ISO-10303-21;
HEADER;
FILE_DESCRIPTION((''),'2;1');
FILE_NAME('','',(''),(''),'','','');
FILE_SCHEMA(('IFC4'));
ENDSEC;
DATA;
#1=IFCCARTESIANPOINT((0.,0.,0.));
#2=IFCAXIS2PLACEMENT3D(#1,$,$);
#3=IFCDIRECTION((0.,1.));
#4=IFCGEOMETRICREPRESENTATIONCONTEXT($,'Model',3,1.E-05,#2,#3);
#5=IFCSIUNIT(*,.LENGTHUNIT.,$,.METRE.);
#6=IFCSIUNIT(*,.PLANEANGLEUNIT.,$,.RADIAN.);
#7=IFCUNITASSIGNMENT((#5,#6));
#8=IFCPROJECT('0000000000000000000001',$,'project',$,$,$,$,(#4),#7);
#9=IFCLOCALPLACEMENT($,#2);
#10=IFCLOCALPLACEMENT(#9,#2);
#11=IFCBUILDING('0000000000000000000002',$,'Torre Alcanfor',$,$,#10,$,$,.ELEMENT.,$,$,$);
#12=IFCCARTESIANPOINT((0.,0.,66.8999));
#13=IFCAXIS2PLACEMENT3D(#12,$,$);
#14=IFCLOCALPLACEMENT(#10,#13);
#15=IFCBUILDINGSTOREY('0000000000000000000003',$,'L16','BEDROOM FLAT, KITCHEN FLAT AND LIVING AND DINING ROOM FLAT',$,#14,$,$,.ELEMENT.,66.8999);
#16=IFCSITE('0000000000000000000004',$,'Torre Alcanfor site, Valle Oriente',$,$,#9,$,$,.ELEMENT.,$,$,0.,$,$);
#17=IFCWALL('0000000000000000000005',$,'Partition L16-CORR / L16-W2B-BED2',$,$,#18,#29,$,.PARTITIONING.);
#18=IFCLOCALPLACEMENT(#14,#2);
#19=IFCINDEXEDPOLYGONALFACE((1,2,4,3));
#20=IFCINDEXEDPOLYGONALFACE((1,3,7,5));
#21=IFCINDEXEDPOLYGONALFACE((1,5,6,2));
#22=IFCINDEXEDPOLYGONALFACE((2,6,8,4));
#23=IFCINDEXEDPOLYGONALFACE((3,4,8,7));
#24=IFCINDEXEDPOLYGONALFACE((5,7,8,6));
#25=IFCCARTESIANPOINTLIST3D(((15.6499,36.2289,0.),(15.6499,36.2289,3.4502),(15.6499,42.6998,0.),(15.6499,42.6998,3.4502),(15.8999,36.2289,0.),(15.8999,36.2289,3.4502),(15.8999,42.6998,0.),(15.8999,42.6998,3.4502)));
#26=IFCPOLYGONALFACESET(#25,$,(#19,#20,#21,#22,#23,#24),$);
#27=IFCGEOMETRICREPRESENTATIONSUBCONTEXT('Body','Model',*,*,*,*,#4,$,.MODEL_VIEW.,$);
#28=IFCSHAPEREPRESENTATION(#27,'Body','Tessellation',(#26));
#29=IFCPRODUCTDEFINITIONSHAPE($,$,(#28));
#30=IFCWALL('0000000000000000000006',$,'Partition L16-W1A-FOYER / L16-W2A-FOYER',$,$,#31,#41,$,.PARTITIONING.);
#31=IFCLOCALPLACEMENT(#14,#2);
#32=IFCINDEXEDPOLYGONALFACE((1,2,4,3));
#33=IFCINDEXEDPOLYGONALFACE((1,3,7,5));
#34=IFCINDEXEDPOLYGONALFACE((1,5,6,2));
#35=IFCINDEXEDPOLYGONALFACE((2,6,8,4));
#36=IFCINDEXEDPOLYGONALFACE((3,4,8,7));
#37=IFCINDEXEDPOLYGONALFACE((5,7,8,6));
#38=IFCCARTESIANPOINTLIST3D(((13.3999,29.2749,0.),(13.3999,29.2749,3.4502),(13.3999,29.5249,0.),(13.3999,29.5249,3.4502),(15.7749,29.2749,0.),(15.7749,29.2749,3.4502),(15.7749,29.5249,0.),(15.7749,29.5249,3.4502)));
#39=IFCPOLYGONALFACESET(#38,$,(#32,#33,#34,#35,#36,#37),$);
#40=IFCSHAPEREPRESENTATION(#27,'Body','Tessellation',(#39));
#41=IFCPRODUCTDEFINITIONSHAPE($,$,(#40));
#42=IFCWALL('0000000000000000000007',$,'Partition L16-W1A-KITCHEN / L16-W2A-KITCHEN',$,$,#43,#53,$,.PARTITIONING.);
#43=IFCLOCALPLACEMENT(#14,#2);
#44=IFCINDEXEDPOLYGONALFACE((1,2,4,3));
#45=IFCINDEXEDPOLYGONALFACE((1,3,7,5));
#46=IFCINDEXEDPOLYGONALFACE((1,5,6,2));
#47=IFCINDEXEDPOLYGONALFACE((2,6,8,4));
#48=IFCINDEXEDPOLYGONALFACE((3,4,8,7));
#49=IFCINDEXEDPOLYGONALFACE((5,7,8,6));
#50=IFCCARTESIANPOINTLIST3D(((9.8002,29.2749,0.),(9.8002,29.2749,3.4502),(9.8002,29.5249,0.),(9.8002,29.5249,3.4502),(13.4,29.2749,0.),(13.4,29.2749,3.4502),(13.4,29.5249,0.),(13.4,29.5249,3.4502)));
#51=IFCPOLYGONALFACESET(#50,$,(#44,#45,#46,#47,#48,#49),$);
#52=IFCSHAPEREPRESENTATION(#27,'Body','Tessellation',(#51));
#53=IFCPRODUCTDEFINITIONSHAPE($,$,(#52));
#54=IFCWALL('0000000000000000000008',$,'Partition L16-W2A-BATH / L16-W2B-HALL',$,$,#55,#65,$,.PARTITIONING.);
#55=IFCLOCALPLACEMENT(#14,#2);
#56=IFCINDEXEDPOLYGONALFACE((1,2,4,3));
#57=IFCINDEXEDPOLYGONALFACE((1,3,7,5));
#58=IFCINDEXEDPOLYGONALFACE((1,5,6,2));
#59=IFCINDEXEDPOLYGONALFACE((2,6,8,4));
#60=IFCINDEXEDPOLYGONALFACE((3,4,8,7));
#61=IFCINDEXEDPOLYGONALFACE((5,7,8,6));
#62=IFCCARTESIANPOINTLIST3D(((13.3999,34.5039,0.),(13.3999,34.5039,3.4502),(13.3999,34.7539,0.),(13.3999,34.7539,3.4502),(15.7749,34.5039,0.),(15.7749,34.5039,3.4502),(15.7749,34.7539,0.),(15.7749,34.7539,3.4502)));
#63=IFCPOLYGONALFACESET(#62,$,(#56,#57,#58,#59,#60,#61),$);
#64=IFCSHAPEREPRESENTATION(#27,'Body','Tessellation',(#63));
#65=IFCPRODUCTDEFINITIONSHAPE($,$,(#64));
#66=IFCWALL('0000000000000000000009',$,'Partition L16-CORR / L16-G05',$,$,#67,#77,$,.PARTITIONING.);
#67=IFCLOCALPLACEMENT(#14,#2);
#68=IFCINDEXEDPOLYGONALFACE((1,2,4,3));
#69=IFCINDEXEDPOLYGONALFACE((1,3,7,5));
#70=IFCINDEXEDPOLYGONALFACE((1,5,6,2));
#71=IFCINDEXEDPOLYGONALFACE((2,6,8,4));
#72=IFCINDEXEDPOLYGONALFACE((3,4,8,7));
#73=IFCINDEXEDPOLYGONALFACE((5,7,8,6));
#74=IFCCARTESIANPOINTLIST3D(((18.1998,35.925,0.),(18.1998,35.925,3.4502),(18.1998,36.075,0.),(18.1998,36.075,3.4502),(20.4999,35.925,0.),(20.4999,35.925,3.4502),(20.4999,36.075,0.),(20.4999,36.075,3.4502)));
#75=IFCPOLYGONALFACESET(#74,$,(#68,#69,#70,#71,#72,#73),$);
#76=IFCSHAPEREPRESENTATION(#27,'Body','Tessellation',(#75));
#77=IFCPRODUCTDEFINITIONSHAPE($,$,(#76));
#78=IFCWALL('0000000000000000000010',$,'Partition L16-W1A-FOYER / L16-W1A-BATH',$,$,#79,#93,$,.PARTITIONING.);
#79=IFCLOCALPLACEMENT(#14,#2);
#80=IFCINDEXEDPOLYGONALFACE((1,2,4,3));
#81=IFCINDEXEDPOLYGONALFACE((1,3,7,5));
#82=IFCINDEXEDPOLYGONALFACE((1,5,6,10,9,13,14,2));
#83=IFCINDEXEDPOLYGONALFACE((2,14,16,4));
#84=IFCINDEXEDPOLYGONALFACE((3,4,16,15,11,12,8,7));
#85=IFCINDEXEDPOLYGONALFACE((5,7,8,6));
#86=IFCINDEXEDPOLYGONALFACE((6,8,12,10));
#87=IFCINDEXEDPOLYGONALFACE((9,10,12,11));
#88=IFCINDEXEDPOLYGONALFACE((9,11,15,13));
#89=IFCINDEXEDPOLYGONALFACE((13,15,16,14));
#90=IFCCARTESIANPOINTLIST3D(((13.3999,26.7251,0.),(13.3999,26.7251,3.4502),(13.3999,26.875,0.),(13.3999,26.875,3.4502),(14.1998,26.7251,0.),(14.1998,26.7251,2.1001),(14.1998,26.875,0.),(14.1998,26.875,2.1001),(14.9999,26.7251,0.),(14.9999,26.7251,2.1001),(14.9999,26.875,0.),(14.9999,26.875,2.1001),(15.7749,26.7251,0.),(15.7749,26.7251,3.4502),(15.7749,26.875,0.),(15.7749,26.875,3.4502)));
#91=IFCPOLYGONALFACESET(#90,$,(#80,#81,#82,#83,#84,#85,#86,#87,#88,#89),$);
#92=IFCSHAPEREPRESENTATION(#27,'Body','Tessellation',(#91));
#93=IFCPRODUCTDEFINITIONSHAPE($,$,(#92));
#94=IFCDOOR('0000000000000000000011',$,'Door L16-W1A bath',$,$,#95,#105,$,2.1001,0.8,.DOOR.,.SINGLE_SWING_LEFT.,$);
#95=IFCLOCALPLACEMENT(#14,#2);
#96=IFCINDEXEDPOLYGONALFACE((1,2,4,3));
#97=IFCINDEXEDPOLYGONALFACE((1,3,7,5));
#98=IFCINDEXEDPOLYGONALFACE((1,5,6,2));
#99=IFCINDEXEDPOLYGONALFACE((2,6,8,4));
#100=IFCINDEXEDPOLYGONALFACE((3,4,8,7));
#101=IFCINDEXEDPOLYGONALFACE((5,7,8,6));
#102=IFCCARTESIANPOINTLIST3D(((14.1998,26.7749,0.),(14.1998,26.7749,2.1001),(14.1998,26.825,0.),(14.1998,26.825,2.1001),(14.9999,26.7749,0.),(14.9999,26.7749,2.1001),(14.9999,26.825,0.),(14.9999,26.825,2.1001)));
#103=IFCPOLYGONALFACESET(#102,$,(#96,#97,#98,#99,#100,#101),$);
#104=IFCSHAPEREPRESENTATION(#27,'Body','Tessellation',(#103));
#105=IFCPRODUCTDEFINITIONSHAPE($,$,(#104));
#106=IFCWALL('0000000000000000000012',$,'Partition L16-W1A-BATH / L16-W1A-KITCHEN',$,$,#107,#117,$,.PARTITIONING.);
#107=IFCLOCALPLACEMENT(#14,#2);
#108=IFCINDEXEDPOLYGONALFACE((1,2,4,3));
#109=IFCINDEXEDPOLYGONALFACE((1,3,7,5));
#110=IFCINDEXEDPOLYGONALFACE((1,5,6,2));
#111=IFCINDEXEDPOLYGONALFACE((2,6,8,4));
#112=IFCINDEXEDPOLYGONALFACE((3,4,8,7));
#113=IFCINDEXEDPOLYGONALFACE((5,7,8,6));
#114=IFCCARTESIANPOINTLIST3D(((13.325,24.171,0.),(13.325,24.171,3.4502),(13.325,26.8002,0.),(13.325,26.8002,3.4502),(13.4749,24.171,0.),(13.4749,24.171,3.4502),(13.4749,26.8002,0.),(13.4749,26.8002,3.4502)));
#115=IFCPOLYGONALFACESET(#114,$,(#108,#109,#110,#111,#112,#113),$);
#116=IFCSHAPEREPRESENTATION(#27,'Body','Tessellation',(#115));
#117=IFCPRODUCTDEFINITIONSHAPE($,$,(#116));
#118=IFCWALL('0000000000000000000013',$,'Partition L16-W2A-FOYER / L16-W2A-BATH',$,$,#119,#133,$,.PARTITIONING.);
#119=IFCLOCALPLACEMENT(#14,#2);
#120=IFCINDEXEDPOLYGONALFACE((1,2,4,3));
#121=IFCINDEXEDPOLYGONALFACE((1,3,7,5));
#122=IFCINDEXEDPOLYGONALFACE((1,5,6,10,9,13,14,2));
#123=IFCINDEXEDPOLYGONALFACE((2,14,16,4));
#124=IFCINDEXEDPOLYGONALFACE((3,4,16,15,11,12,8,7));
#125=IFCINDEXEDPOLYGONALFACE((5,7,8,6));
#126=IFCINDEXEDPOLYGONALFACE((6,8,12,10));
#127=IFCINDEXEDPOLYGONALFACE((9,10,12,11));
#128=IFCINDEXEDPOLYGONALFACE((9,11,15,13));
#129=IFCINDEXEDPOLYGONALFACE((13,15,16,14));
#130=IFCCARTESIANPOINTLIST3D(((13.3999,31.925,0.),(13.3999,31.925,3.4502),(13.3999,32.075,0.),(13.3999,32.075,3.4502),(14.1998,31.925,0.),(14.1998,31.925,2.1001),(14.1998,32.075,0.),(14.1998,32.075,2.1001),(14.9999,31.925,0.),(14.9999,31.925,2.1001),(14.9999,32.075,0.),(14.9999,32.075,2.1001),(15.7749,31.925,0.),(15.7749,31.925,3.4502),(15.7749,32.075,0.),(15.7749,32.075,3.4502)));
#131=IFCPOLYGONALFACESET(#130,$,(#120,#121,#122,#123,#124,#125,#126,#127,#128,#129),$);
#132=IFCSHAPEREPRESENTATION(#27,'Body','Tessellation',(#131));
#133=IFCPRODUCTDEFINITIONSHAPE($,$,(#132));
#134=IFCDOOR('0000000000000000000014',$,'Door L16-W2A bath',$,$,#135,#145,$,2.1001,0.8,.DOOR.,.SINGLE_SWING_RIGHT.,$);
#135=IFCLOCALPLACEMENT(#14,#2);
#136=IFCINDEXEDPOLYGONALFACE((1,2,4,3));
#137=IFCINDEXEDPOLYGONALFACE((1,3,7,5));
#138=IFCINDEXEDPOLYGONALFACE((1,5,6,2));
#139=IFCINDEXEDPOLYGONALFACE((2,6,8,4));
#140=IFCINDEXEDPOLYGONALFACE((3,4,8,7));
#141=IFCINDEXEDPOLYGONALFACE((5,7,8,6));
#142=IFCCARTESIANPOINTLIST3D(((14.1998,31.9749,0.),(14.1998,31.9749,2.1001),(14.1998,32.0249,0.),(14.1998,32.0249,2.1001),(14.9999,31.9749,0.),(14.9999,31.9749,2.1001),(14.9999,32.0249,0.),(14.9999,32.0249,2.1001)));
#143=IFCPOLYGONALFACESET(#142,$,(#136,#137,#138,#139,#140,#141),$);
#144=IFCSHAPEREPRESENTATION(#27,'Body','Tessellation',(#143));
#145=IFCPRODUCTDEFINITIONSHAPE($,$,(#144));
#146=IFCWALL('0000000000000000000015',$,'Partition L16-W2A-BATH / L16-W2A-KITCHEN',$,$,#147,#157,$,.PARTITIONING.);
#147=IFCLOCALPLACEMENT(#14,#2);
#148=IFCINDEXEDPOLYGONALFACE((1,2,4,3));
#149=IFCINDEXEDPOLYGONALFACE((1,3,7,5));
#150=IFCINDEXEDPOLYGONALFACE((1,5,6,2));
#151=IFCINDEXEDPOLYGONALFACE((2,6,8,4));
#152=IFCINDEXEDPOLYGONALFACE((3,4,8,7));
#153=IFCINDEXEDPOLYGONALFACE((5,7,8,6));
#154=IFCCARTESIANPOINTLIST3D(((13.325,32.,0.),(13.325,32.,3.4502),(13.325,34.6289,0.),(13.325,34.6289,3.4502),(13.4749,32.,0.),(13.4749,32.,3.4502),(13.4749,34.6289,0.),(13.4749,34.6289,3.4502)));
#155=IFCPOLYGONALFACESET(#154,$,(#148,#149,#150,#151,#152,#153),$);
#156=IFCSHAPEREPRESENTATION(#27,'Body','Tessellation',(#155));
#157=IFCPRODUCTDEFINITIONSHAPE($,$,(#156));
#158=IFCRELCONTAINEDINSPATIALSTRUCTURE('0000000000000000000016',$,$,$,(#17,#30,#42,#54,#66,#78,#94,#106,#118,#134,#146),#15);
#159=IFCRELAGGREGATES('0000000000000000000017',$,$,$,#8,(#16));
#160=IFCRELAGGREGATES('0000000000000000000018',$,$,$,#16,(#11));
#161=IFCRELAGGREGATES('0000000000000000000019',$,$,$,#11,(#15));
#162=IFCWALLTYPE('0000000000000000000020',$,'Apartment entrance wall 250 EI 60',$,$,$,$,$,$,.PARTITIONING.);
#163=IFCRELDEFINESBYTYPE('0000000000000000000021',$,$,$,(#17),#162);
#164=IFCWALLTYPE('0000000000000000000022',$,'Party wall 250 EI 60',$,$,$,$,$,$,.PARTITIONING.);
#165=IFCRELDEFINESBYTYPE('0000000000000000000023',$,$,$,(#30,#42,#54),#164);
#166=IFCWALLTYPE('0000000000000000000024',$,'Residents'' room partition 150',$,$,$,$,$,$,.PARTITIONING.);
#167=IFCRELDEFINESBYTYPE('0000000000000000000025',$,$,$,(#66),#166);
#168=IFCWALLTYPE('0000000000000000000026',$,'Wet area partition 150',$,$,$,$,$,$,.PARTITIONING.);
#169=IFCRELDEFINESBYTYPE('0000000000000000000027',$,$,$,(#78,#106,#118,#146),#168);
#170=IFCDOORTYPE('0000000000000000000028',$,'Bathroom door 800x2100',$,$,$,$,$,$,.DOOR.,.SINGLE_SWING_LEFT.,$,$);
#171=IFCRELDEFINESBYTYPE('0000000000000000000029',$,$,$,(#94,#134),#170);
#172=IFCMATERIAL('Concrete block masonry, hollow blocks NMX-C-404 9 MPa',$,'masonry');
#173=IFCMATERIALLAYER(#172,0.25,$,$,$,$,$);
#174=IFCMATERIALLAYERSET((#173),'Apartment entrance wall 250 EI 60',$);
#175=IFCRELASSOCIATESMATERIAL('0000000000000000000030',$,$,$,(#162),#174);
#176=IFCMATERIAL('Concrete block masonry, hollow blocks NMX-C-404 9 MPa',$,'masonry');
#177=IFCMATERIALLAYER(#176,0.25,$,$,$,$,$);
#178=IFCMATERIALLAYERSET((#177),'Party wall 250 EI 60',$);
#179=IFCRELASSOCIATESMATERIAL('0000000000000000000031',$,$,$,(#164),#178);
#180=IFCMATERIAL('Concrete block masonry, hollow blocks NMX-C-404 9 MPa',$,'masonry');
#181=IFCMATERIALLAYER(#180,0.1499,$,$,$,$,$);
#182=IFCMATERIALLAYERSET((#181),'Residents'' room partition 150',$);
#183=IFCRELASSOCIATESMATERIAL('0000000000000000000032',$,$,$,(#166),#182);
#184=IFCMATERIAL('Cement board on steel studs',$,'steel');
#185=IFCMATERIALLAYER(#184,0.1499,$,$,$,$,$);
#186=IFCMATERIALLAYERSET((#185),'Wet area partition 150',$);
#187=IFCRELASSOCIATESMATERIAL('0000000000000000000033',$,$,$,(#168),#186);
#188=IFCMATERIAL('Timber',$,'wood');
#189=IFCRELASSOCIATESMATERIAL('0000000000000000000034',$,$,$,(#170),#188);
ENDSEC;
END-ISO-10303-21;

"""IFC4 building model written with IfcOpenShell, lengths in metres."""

from ifc_helpers import new_model, si_unit, direction, frame, frame_2d, origin, place, context, subcontext, project, spatial, rectangle, extrude, material, layer, layer_set, type_object, element, fill, save


model = new_model("IFC4")

# Units and contexts
model_context = context("Model", 3, precision=1e-05, world=origin(), true_north=direction((0.0, 1.0)))
body_context = subcontext(model_context, "Body", "Model", "MODEL_VIEW")
ifc_project = project(units=[si_unit("LENGTHUNIT", "METRE"), si_unit("PLANEANGLEUNIT", "RADIAN")], contexts=[model_context])

# Site, building, storey
site_placement = place(None, origin())
site = spatial("IfcSite", under=ifc_project, at=site_placement, Name="Torre Alcanfor site, Valle Oriente", CompositionType="ELEMENT", RefElevation=0.0)
building_placement = place(site_placement, origin())
building = spatial("IfcBuilding", under=site, at=building_placement, Name="Torre Alcanfor", CompositionType="ELEMENT")
storey_placement = place(building_placement, frame((0.0, 0.0, 66.8999)))
storey = spatial("IfcBuildingStorey", under=building, at=storey_placement, Name="L16", Description="BEDROOM FLAT, KITCHEN FLAT AND LIVING AND DINING ROOM FLAT", CompositionType="ELEMENT", Elevation=66.8999)

# Shared definitions
ifc_material_1 = material(Name="Concrete block masonry, hollow blocks NMX-C-404 9 MPa", Category="masonry")
ifc_layer_1 = layer(ifc_material_1, 0.25)
ifc_layer_set_1 = layer_set([ifc_layer_1], Name="Apartment entrance wall 250 EI 60")
wall_type_1 = type_object("IfcWallType", Name="Apartment entrance wall 250 EI 60", PredefinedType="PARTITIONING", material=ifc_layer_set_1)

# Walls
wall_1_placement = place(storey_placement, frame((15.7749, 36.229, 0.0), z_axis=(0.0, 0.0, 1.0), x_axis=(0.0, 1.0, 0.0)))
element("IfcWall", 1, at=wall_1_placement, inside=storey, type_object=wall_type_1, Name="Partition L16-CORR / L16-W2B-BED2", PredefinedType="PARTITIONING", context=body_context, shape_type="SweptSolid", body=[
    extrude(rectangle(XDim=6.4709, YDim=0.25, at=frame_2d((3.2354, 0.0))), origin(), (0.0, 0.0, 1.0), 3.4502),
])
ifc_material_2 = material(Name="Concrete block masonry, hollow blocks NMX-C-404 9 MPa", Category="masonry")
ifc_layer_2 = layer(ifc_material_2, 0.25)
ifc_layer_set_2 = layer_set([ifc_layer_2], Name="Party wall 250 EI 60")
wall_type_2 = type_object("IfcWallType", Name="Party wall 250 EI 60", PredefinedType="PARTITIONING", material=ifc_layer_set_2)
wall_2_placement = place(storey_placement, frame((15.7749, 29.3999, 0.0), z_axis=(0.0, 0.0, 1.0), x_axis=(-1.0, 0.0, 0.0)))
element("IfcWall", 2, at=wall_2_placement, inside=storey, type_object=wall_type_2, Name="Partition L16-W1A-FOYER / L16-W2A-FOYER", PredefinedType="PARTITIONING", context=body_context, shape_type="SweptSolid", body=[
    extrude(rectangle(XDim=2.375, YDim=0.25, at=frame_2d((1.1875, 0.0))), origin(), (0.0, 0.0, 1.0), 3.4502),
])
wall_3_placement = place(storey_placement, frame((13.3999, 29.3999, 0.0), z_axis=(0.0, 0.0, 1.0), x_axis=(-1.0, 0.0, 0.0)))
element("IfcWall", 3, at=wall_3_placement, inside=storey, type_object=wall_type_2, Name="Partition L16-W1A-KITCHEN / L16-W2A-KITCHEN", PredefinedType="PARTITIONING", context=body_context, shape_type="SweptSolid", body=[
    extrude(rectangle(XDim=3.5999, YDim=0.25, at=frame_2d((1.7998, 0.0))), origin(), (0.0, 0.0, 1.0), 3.4502),
])
wall_4_placement = place(storey_placement, frame((13.3999, 34.6289, 0.0), z_axis=(0.0, 0.0, 1.0), x_axis=(1.0, 0.0, 0.0)))
element("IfcWall", 4, at=wall_4_placement, inside=storey, type_object=wall_type_2, Name="Partition L16-W2A-BATH / L16-W2B-HALL", PredefinedType="PARTITIONING", context=body_context, shape_type="SweptSolid", body=[
    extrude(rectangle(XDim=2.375, YDim=0.25, at=frame_2d((1.1875, 0.0))), origin(), (0.0, 0.0, 1.0), 3.4502),
])
ifc_material_3 = material(Name="Concrete block masonry, hollow blocks NMX-C-404 9 MPa", Category="masonry")
ifc_layer_3 = layer(ifc_material_3, 0.1499)
ifc_layer_set_3 = layer_set([ifc_layer_3], Name="Residents' room partition 150")
wall_type_3 = type_object("IfcWallType", Name="Residents' room partition 150", PredefinedType="PARTITIONING", material=ifc_layer_set_3)
wall_5_placement = place(storey_placement, frame((18.2, 36.0, 0.0), z_axis=(0.0, 0.0, 1.0), x_axis=(1.0, 0.0, 0.0)))
element("IfcWall", 5, at=wall_5_placement, inside=storey, type_object=wall_type_3, Name="Partition L16-CORR / L16-G05", PredefinedType="PARTITIONING", context=body_context, shape_type="SweptSolid", body=[
    extrude(rectangle(XDim=2.3, YDim=0.1499, at=frame_2d((1.1499, 0.0))), origin(), (0.0, 0.0, 1.0), 3.4502),
])

# Wall, opening, door
ifc_material_4 = material(Name="Cement board on steel studs", Category="steel")
ifc_layer_4 = layer(ifc_material_4, 0.1499)
ifc_layer_set_4 = layer_set([ifc_layer_4], Name="Wet area partition 150")
wall_type_4 = type_object("IfcWallType", Name="Wet area partition 150", PredefinedType="PARTITIONING", material=ifc_layer_set_4)
wall_6_placement = place(storey_placement, frame((13.3999, 26.8, 0.0), z_axis=(0.0, 0.0, 1.0), x_axis=(1.0, 0.0, 0.0)))
wall_6 = element("IfcWall", 6, at=wall_6_placement, inside=storey, type_object=wall_type_4, Name="Partition L16-W1A-FOYER / L16-W1A-BATH", PredefinedType="PARTITIONING", context=body_context, shape_type="SweptSolid", body=[
    extrude(rectangle(XDim=2.375, YDim=0.1499, at=frame_2d((1.1875, 0.0))), origin(), (0.0, 0.0, 1.0), 3.4502),
])
opening_1_placement = place(wall_6_placement, frame((0.8, 0.0, 0.0)))
opening_1 = element("IfcOpeningElement", 7, at=opening_1_placement, cuts=wall_6, PredefinedType="OPENING", context=body_context, shape_type="SweptSolid", body=[
    extrude(rectangle(XDim=0.8, YDim=2.1001, at=frame_2d((0.3999, 1.05))), frame((0.0, 0.085, 0.0), z_axis=(0.0, -1.0, 0.0), x_axis=(1.0, 0.0, 0.0)), (0.0, 0.0, 1.0), 0.1699),
])
ifc_material_5 = material(Name="Timber", Category="wood")
door_type_1 = type_object("IfcDoorType", Name="Bathroom door 800x2100", OperationType="SINGLE_SWING_LEFT", PredefinedType="DOOR", material=ifc_material_5)
door_1_placement = place(opening_1_placement, frame((0.8, 0.0, 0.0), z_axis=(0.0, 0.0, 1.0), x_axis=(-1.0, 0.0, 0.0)))
door_1 = element("IfcDoor", 8, at=door_1_placement, inside=storey, type_object=door_type_1, Name="Door L16-W1A bath", OperationType="SINGLE_SWING_LEFT", OverallHeight=2.1001, OverallWidth=0.8, PredefinedType="DOOR", context=body_context, shape_type="SweptSolid", body=[
    extrude(rectangle(XDim=0.8, YDim=2.1001, at=frame_2d((0.4001, 1.05))), frame((0.0, 0.0251, 0.0), z_axis=(0.0, -1.0, 0.0), x_axis=(1.0, 0.0, 0.0)), (0.0, 0.0, 1.0), 0.05),
])
fill(opening_1, door_1)

# Wall
wall_7_placement = place(storey_placement, frame((13.3999, 26.8, 0.0), z_axis=(0.0, 0.0, 1.0), x_axis=(0.0, -1.0, 0.0)))
element("IfcWall", 9, at=wall_7_placement, inside=storey, type_object=wall_type_4, Name="Partition L16-W1A-BATH / L16-W1A-KITCHEN", PredefinedType="PARTITIONING", context=body_context, shape_type="SweptSolid", body=[
    extrude(rectangle(XDim=2.6292, YDim=0.1499, at=frame_2d((1.3145, 0.0))), origin(), (0.0, 0.0, 1.0), 3.4502),
])

# Wall, opening, door
wall_8_placement = place(storey_placement, frame((13.3999, 32.0, 0.0), z_axis=(0.0, 0.0, 1.0), x_axis=(1.0, 0.0, 0.0)))
wall_8 = element("IfcWall", 10, at=wall_8_placement, inside=storey, type_object=wall_type_4, Name="Partition L16-W2A-FOYER / L16-W2A-BATH", PredefinedType="PARTITIONING", context=body_context, shape_type="SweptSolid", body=[
    extrude(rectangle(XDim=2.375, YDim=0.1499, at=frame_2d((1.1875, 0.0))), origin(), (0.0, 0.0, 1.0), 3.4502),
])
opening_2_placement = place(wall_8_placement, frame((0.8, 0.0, 0.0)))
opening_2 = element("IfcOpeningElement", 11, at=opening_2_placement, cuts=wall_8, PredefinedType="OPENING", context=body_context, shape_type="SweptSolid", body=[
    extrude(rectangle(XDim=0.8, YDim=2.1001, at=frame_2d((0.3999, 1.05))), frame((0.0, 0.085, 0.0), z_axis=(0.0, -1.0, 0.0), x_axis=(1.0, 0.0, 0.0)), (0.0, 0.0, 1.0), 0.1699),
])
door_2_placement = place(opening_2_placement, origin())
door_2 = element("IfcDoor", 12, at=door_2_placement, inside=storey, type_object=door_type_1, Name="Door L16-W2A bath", OperationType="SINGLE_SWING_RIGHT", OverallHeight=2.1001, OverallWidth=0.8, PredefinedType="DOOR", context=body_context, shape_type="SweptSolid", body=[
    extrude(rectangle(XDim=0.8, YDim=2.1001, at=frame_2d((0.3999, 1.05))), frame((0.0, 0.0249, 0.0), z_axis=(0.0, -1.0, 0.0), x_axis=(1.0, 0.0, 0.0)), (0.0, 0.0, 1.0), 0.05),
])
fill(opening_2, door_2)

# Wall
wall_9_placement = place(storey_placement, frame((13.3999, 32.0, 0.0), z_axis=(0.0, 0.0, 1.0), x_axis=(0.0, 1.0, 0.0)))
element("IfcWall", 13, at=wall_9_placement, inside=storey, type_object=wall_type_4, Name="Partition L16-W2A-BATH / L16-W2A-KITCHEN", PredefinedType="PARTITIONING", context=body_context, shape_type="SweptSolid", body=[
    extrude(rectangle(XDim=2.6289, YDim=0.1499, at=frame_2d((1.3145, 0.0))), origin(), (0.0, 0.0, 1.0), 3.4502),
])

save(model, "model.ifc")
